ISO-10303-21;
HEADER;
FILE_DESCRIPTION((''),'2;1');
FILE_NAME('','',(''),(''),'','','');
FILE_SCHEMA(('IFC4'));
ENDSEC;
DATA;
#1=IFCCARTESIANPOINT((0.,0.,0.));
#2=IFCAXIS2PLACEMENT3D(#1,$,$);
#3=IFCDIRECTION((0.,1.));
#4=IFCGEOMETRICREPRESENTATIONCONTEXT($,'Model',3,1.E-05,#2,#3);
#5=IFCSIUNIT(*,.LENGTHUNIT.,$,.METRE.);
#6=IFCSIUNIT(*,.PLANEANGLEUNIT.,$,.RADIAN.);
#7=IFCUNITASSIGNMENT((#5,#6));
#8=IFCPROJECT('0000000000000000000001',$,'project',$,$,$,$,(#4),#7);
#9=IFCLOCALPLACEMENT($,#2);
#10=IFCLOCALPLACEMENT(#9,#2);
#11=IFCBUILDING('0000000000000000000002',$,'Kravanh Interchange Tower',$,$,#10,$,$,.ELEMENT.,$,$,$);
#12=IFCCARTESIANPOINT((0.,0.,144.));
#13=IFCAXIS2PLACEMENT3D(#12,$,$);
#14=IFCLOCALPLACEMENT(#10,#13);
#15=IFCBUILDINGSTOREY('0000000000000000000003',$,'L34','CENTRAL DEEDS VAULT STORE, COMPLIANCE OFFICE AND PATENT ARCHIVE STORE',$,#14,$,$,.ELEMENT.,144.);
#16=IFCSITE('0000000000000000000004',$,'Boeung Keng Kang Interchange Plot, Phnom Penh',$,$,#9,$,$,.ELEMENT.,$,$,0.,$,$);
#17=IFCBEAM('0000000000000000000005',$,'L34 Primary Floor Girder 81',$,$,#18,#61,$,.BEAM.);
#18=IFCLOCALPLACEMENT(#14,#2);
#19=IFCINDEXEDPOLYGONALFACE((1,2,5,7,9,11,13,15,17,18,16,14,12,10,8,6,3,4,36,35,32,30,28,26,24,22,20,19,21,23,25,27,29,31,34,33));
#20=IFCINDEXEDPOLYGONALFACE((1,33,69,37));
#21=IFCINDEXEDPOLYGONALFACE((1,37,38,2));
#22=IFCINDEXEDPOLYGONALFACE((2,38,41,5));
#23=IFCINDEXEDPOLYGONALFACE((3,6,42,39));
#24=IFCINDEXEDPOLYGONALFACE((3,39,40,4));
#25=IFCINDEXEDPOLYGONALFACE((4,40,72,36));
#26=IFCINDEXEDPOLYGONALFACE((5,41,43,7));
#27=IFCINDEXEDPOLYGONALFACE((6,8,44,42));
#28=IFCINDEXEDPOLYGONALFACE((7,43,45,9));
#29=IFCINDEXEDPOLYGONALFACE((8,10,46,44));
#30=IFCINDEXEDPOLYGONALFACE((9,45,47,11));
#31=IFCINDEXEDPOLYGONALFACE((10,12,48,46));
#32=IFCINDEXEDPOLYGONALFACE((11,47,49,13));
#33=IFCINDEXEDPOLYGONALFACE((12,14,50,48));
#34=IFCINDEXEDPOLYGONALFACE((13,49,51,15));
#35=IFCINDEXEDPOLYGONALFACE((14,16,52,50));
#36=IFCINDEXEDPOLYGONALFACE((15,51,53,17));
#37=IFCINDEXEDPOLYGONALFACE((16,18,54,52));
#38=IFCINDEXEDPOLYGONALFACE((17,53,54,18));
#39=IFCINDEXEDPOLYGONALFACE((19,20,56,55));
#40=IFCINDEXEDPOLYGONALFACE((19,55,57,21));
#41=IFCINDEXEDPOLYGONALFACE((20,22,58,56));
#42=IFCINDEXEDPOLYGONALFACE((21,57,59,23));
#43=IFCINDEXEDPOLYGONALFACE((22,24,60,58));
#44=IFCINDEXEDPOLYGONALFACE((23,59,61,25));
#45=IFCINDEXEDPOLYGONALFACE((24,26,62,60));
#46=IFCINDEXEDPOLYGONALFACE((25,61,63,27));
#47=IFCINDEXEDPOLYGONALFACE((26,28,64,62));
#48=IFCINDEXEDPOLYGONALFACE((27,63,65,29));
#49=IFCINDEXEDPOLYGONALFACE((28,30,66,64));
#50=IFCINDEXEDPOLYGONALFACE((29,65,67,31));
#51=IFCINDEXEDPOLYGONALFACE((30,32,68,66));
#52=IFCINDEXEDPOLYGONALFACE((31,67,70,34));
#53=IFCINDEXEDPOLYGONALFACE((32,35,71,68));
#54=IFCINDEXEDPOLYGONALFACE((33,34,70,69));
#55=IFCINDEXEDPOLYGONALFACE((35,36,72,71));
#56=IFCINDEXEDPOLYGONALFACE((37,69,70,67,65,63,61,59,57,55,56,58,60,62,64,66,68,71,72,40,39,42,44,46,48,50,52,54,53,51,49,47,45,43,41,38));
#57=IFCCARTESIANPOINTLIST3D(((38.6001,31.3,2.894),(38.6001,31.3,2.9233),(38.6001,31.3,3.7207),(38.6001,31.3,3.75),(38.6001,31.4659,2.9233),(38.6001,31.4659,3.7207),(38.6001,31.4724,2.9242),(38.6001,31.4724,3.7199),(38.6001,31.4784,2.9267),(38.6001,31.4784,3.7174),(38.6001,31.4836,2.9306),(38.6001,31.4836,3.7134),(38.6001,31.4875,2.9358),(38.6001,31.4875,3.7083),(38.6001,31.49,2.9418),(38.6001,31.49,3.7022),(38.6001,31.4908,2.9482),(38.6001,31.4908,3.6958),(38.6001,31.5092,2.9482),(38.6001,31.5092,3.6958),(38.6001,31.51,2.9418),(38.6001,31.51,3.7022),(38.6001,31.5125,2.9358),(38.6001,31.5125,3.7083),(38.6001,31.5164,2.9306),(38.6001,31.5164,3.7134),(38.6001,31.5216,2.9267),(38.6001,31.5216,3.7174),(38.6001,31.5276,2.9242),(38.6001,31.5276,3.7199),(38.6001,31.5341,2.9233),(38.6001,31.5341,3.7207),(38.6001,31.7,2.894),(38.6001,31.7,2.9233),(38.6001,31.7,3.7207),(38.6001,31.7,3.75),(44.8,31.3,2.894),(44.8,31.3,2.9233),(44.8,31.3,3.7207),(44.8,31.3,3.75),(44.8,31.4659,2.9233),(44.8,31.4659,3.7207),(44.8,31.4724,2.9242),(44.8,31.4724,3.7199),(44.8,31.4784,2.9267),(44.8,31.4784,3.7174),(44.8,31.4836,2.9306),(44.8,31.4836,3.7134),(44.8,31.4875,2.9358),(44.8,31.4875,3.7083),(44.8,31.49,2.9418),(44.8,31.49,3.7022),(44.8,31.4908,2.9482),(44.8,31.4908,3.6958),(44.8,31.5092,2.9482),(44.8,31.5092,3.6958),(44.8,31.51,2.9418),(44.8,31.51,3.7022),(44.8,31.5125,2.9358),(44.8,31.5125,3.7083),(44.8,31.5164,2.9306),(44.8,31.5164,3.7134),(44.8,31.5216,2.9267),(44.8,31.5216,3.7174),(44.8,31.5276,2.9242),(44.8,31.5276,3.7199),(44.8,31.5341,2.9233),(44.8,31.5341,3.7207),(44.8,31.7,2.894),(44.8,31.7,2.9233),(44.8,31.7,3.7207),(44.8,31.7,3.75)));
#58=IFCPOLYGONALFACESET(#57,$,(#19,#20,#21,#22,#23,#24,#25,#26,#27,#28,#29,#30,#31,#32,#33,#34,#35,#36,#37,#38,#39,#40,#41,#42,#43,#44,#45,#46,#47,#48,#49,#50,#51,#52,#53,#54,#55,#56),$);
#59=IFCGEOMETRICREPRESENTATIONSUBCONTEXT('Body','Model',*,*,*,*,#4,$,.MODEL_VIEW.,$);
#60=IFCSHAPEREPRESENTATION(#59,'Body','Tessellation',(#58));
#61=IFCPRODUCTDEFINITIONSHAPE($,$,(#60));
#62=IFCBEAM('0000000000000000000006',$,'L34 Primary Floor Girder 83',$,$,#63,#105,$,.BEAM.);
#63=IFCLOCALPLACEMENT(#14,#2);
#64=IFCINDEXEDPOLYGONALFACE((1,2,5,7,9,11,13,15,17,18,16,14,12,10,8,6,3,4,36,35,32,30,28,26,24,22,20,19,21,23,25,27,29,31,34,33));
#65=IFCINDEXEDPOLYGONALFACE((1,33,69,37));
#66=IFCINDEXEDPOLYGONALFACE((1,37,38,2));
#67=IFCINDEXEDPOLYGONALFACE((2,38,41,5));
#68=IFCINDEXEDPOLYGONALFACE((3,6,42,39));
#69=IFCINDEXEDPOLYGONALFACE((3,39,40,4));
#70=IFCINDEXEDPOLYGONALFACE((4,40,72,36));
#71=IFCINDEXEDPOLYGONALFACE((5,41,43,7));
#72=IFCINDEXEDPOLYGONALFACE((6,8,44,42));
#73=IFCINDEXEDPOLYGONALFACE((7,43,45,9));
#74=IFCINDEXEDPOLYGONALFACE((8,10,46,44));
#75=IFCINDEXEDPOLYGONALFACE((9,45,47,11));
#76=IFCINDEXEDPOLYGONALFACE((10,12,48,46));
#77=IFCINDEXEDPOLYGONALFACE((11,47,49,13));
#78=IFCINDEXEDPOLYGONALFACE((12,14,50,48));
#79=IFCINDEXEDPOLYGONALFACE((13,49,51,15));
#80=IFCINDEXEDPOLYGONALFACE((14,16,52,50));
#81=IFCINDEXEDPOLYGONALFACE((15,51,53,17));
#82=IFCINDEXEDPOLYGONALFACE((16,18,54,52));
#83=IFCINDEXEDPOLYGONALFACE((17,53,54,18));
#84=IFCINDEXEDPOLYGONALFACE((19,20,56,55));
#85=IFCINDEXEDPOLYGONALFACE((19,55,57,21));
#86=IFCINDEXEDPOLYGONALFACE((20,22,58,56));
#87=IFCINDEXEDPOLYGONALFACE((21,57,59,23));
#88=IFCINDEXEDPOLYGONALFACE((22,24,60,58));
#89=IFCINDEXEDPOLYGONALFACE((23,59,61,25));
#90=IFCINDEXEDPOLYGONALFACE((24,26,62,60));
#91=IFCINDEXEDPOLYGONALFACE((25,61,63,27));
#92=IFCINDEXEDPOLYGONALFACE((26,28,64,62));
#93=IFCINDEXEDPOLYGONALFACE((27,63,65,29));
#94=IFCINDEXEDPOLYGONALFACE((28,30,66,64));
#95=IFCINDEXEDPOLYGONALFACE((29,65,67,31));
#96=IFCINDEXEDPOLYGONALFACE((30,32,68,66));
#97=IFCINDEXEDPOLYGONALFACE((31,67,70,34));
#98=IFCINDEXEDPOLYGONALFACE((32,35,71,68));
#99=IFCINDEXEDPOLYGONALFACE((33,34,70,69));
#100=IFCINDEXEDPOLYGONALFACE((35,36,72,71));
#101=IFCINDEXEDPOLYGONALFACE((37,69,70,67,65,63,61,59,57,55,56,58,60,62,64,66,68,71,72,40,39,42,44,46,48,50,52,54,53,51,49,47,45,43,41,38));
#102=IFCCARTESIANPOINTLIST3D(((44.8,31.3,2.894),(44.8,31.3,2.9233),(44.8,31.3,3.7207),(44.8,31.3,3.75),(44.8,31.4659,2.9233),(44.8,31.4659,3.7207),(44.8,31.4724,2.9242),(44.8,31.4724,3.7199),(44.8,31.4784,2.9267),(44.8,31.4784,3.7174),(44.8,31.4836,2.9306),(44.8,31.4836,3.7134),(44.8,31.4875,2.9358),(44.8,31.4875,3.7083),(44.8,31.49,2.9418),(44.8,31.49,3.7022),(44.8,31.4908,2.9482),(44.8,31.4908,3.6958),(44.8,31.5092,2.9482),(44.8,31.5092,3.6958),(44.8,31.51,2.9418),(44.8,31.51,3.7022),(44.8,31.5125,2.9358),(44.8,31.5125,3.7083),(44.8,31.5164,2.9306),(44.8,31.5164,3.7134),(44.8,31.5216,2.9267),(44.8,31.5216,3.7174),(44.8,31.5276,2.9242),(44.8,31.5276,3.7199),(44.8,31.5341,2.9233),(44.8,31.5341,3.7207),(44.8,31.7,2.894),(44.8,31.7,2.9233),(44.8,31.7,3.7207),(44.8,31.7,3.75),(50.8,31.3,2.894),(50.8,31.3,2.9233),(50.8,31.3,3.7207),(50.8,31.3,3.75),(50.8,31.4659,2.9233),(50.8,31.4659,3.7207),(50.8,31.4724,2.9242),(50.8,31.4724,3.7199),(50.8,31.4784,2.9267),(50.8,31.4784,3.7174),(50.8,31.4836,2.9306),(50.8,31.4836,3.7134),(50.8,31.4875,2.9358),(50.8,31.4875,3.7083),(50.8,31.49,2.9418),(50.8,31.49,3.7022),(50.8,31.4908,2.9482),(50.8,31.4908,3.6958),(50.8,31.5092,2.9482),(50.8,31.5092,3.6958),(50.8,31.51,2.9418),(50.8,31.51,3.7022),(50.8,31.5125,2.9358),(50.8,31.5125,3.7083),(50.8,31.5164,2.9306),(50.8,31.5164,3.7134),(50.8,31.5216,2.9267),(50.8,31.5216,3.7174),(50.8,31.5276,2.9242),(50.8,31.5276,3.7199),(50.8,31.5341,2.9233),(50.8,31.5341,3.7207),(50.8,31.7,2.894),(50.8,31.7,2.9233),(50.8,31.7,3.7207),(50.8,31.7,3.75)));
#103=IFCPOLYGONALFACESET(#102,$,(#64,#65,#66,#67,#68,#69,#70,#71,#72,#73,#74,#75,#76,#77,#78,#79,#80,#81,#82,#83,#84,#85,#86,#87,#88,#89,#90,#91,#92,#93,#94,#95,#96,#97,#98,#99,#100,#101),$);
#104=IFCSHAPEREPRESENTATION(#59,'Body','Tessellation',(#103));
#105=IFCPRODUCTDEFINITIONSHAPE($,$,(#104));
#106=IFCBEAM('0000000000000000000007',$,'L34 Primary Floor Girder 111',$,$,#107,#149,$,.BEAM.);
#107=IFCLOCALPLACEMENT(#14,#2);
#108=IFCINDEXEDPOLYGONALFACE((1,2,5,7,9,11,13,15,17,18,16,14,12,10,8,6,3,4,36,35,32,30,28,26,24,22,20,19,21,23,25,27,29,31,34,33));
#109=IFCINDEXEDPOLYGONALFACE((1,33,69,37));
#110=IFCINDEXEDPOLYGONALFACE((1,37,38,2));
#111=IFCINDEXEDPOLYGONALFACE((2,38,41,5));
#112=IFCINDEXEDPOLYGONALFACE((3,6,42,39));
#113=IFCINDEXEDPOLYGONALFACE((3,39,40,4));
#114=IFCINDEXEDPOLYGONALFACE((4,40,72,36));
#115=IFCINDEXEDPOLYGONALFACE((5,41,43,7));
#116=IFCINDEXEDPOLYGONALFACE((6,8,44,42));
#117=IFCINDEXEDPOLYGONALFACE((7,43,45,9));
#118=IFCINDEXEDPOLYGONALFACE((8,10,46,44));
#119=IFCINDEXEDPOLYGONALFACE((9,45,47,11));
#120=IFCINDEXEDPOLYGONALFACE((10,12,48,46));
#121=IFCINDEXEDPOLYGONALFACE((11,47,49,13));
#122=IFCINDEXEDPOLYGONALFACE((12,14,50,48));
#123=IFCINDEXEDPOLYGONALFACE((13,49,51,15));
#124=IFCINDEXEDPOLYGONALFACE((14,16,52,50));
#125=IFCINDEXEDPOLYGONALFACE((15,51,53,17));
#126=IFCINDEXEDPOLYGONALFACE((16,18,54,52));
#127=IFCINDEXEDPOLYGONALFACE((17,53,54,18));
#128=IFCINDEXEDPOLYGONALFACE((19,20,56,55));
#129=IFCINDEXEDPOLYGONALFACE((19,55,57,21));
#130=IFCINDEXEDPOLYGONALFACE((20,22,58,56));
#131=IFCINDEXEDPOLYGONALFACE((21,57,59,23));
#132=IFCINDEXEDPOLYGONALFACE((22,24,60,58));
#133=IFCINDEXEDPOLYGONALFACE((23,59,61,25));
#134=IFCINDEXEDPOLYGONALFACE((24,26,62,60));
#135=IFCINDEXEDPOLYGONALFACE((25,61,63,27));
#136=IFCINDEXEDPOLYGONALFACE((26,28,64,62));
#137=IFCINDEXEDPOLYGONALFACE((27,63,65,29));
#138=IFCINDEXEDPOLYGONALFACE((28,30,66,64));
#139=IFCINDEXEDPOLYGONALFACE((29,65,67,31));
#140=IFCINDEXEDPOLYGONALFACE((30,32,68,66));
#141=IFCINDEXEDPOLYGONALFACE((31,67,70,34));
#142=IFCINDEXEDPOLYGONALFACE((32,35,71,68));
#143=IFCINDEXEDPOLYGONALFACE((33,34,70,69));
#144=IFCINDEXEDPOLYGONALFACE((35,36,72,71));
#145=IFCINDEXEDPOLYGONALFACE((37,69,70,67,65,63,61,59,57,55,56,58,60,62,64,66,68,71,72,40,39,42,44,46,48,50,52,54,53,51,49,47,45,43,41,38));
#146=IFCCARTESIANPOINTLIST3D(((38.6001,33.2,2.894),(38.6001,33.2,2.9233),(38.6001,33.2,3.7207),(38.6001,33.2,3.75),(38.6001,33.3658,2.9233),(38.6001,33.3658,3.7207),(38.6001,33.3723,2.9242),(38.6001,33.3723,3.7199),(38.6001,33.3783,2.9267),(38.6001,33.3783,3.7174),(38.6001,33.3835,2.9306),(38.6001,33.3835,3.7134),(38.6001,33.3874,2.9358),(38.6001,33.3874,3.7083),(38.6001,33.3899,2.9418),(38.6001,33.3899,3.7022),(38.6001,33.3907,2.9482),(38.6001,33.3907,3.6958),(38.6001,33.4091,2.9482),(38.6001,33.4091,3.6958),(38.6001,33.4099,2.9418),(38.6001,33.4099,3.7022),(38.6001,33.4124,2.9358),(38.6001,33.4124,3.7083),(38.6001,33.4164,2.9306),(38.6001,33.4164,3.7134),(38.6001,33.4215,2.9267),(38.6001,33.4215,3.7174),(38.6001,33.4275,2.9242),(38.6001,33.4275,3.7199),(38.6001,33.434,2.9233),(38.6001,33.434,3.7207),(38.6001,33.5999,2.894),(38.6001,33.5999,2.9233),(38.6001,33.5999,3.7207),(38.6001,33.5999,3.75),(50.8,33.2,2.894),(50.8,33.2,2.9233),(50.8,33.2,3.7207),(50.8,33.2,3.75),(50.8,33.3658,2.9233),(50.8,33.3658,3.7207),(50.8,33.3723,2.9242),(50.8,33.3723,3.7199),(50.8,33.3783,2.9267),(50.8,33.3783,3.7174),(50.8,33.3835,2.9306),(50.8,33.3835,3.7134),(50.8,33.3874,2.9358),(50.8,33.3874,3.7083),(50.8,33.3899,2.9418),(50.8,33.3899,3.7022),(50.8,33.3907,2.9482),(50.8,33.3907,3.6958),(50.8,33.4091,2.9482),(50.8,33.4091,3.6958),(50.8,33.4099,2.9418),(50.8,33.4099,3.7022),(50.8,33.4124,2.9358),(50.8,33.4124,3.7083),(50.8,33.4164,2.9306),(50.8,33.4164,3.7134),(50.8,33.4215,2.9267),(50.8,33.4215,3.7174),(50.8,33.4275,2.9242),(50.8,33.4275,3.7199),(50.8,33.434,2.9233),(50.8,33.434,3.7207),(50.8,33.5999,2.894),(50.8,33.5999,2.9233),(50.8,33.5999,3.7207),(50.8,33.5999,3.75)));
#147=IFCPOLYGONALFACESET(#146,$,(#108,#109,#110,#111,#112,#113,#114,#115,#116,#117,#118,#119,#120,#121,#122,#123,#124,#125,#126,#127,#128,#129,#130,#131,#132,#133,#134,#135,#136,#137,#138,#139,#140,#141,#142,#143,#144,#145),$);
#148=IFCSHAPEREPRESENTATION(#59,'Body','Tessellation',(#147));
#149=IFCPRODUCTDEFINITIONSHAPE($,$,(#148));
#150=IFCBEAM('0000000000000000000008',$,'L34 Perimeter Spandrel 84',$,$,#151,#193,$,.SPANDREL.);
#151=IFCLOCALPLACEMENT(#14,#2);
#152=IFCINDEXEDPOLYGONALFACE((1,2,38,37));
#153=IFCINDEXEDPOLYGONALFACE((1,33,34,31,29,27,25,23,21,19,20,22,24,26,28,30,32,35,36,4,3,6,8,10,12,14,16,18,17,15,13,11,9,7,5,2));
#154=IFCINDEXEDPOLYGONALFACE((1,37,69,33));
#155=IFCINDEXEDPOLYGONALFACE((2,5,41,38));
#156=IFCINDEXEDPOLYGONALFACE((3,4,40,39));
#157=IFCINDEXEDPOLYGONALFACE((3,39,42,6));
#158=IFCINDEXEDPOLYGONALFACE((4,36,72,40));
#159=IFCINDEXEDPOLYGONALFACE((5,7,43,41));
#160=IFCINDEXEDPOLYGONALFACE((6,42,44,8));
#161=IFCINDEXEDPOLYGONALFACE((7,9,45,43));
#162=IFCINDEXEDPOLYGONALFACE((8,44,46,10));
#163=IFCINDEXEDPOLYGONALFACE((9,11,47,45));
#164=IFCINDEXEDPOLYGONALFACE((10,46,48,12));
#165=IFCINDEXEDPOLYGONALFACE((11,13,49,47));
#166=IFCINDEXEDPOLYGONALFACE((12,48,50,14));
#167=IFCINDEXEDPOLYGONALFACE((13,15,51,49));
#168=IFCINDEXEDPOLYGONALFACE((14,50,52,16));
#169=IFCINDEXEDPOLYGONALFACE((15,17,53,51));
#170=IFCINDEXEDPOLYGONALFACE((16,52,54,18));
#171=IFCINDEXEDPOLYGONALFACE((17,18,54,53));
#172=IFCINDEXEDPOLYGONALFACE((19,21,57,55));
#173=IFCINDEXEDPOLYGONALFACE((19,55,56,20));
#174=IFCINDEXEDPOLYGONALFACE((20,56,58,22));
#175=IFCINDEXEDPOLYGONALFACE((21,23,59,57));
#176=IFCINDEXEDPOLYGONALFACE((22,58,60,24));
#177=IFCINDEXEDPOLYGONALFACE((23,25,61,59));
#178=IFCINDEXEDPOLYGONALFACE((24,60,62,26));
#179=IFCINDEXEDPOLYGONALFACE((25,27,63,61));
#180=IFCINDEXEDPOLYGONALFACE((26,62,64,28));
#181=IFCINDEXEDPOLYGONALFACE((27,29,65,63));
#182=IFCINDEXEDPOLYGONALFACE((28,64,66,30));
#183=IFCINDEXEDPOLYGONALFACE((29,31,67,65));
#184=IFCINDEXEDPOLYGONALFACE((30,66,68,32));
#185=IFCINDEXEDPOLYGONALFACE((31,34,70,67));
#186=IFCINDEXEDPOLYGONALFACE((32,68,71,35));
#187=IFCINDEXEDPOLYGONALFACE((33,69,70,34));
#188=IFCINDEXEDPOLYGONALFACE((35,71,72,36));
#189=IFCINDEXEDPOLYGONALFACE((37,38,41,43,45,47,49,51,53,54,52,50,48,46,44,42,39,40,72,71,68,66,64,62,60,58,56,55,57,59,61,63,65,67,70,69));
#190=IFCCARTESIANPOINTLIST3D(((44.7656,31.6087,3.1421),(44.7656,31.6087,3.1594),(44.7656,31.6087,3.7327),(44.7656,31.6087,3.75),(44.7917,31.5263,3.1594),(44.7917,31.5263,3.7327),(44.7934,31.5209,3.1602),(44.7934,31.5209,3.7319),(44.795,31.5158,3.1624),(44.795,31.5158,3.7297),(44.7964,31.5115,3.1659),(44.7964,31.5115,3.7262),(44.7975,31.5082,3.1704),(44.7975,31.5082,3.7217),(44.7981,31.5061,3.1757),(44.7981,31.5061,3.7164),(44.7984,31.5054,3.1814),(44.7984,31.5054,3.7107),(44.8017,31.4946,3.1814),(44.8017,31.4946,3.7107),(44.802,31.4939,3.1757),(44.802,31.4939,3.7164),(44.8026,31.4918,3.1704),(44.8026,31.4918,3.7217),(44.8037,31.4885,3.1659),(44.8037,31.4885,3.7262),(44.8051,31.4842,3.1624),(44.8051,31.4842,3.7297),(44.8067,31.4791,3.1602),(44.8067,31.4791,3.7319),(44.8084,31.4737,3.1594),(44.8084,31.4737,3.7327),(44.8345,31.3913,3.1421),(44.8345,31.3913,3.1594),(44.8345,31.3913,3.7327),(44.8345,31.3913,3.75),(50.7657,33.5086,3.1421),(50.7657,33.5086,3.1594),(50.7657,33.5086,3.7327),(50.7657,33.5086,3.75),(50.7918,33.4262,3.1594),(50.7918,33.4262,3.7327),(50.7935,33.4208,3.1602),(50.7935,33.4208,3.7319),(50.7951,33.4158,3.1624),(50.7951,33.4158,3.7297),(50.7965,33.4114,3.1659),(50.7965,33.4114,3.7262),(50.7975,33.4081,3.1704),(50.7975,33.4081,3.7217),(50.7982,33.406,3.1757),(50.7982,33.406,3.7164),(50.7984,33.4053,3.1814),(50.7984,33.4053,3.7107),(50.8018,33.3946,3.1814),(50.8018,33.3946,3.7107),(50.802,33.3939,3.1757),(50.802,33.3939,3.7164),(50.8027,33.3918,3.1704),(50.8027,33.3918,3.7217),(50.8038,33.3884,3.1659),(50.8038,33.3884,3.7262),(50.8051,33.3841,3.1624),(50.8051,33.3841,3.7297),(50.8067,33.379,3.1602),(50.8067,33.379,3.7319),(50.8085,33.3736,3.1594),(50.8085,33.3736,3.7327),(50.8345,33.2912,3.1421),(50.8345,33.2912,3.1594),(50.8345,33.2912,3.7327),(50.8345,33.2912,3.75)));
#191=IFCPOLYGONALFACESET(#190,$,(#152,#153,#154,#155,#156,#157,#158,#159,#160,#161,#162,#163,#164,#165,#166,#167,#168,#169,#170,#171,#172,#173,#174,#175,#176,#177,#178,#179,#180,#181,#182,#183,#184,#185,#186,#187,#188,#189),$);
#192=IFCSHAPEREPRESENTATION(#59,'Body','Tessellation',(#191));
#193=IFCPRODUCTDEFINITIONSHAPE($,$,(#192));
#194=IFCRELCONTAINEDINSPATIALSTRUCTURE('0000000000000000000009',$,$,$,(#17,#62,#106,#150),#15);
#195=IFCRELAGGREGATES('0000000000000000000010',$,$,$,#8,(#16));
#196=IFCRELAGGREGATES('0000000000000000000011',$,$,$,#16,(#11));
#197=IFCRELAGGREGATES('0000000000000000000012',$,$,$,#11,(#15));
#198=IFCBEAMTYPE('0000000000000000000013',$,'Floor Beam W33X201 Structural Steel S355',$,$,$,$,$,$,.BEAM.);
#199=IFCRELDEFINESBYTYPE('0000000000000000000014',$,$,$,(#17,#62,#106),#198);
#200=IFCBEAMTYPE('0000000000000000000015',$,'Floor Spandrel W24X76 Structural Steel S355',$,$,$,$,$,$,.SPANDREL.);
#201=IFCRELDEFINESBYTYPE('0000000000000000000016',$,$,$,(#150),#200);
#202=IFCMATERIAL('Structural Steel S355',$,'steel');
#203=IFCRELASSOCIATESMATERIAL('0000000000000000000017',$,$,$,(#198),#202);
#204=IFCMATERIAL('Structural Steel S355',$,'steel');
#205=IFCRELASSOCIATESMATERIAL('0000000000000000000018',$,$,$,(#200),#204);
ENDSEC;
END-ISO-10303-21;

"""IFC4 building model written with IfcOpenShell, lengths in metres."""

from ifc_helpers import new_model, si_unit, direction, frame, origin, origin_2d, place, context, subcontext, project, spatial, i_section, extrude, material, material_profile, profile_set, type_object, element, save


model = new_model("IFC4")

# Units and contexts
model_context = context("Model", 3, precision=1e-05, world=origin(), true_north=direction((0.0, 1.0)))
body_context = subcontext(model_context, "Body", "Model", "MODEL_VIEW")
ifc_project = project(units=[si_unit("LENGTHUNIT", "METRE"), si_unit("PLANEANGLEUNIT", "RADIAN")], contexts=[model_context])

# Site, building, storey
site_placement = place(None, origin())
site = spatial("IfcSite", under=ifc_project, at=site_placement, Name="Boeung Keng Kang Interchange Plot, Phnom Penh", CompositionType="ELEMENT", RefElevation=0.0)
building_placement = place(site_placement, origin())
building = spatial("IfcBuilding", under=site, at=building_placement, Name="Kravanh Interchange Tower", CompositionType="ELEMENT")
storey_placement = place(building_placement, frame((0.0, 0.0, 144.0)))
storey = spatial("IfcBuildingStorey", under=building, at=storey_placement, Name="L34", Description="CENTRAL DEEDS VAULT STORE, COMPLIANCE OFFICE AND PATENT ARCHIVE STORE", CompositionType="ELEMENT", Elevation=144.0)

# Beams
ifc_material_1 = material(Name="Structural Steel S355", Category="steel")
ifc_material_profile_1 = material_profile(ifc_material_1, i_section(OverallWidth=0.3999, OverallDepth=0.856, WebThickness=0.0183, FlangeThickness=0.0293, FilletRadius=0.0249, at=origin_2d()), Name="W33X201")
ifc_profile_set_1 = profile_set([ifc_material_profile_1], Name="Structural Steel S355")
beam_type_1 = type_object("IfcBeamType", Name="Floor Beam W33X201 Structural Steel S355", PredefinedType="BEAM", material=ifc_profile_set_1)
beam_1_placement = place(storey_placement, frame((38.6001, 31.5, 3.322), z_axis=(1.0, 0.0, 0.0), x_axis=(0.0, 1.0, 0.0)))
element("IfcBeam", 1, at=beam_1_placement, inside=storey, type_object=beam_type_1, Name="L34 Primary Floor Girder 81", PredefinedType="BEAM", context=body_context, shape_type="SweptSolid", body=[
    extrude(i_section(OverallWidth=0.3999, OverallDepth=0.856, WebThickness=0.0183, FlangeThickness=0.0293, FilletRadius=0.0249, at=origin_2d()), origin(), (0.0, 0.0, 1.0), 6.2),
])
beam_2_placement = place(storey_placement, frame((44.8, 31.5, 3.322), z_axis=(1.0, 0.0, 0.0), x_axis=(0.0, 1.0, 0.0)))
element("IfcBeam", 2, at=beam_2_placement, inside=storey, type_object=beam_type_1, Name="L34 Primary Floor Girder 83", PredefinedType="BEAM", context=body_context, shape_type="SweptSolid", body=[
    extrude(i_section(OverallWidth=0.3999, OverallDepth=0.856, WebThickness=0.0183, FlangeThickness=0.0293, FilletRadius=0.0249, at=origin_2d()), origin(), (0.0, 0.0, 1.0), 6.0),
])
beam_3_placement = place(storey_placement, frame((38.6001, 33.3999, 3.322), z_axis=(1.0, 0.0, 0.0), x_axis=(0.0, 1.0, 0.0)))
element("IfcBeam", 3, at=beam_3_placement, inside=storey, type_object=beam_type_1, Name="L34 Primary Floor Girder 111", PredefinedType="BEAM", context=body_context, shape_type="SweptSolid", body=[
    extrude(i_section(OverallWidth=0.3999, OverallDepth=0.856, WebThickness=0.0183, FlangeThickness=0.0293, FilletRadius=0.0249, at=origin_2d()), origin(), (0.0, 0.0, 1.0), 12.2),
])
ifc_material_2 = material(Name="Structural Steel S355", Category="steel")
ifc_material_profile_2 = material_profile(ifc_material_2, i_section(OverallWidth=0.228, OverallDepth=0.6079, WebThickness=0.0112, FlangeThickness=0.0173, FilletRadius=0.022, at=origin_2d()), Name="W24X76")
ifc_profile_set_2 = profile_set([ifc_material_profile_2], Name="Structural Steel S355")
beam_type_2 = type_object("IfcBeamType", Name="Floor Spandrel W24X76 Structural Steel S355", PredefinedType="SPANDREL", material=ifc_profile_set_2)
beam_4_placement = place(storey_placement, frame((44.8, 31.5, 3.446), z_axis=(0.953347, 0.301878, 0.0), x_axis=(-0.301878, 0.953347, 0.0)))
element("IfcBeam", 4, at=beam_4_placement, inside=storey, type_object=beam_type_2, Name="L34 Perimeter Spandrel 84", PredefinedType="SPANDREL", context=body_context, shape_type="SweptSolid", body=[
    extrude(i_section(OverallWidth=0.228, OverallDepth=0.6079, WebThickness=0.0112, FlangeThickness=0.0173, FilletRadius=0.022, at=origin_2d()), origin(), (0.0, 0.0, 1.0), 6.2937),
])

save(model, "model.ifc")
